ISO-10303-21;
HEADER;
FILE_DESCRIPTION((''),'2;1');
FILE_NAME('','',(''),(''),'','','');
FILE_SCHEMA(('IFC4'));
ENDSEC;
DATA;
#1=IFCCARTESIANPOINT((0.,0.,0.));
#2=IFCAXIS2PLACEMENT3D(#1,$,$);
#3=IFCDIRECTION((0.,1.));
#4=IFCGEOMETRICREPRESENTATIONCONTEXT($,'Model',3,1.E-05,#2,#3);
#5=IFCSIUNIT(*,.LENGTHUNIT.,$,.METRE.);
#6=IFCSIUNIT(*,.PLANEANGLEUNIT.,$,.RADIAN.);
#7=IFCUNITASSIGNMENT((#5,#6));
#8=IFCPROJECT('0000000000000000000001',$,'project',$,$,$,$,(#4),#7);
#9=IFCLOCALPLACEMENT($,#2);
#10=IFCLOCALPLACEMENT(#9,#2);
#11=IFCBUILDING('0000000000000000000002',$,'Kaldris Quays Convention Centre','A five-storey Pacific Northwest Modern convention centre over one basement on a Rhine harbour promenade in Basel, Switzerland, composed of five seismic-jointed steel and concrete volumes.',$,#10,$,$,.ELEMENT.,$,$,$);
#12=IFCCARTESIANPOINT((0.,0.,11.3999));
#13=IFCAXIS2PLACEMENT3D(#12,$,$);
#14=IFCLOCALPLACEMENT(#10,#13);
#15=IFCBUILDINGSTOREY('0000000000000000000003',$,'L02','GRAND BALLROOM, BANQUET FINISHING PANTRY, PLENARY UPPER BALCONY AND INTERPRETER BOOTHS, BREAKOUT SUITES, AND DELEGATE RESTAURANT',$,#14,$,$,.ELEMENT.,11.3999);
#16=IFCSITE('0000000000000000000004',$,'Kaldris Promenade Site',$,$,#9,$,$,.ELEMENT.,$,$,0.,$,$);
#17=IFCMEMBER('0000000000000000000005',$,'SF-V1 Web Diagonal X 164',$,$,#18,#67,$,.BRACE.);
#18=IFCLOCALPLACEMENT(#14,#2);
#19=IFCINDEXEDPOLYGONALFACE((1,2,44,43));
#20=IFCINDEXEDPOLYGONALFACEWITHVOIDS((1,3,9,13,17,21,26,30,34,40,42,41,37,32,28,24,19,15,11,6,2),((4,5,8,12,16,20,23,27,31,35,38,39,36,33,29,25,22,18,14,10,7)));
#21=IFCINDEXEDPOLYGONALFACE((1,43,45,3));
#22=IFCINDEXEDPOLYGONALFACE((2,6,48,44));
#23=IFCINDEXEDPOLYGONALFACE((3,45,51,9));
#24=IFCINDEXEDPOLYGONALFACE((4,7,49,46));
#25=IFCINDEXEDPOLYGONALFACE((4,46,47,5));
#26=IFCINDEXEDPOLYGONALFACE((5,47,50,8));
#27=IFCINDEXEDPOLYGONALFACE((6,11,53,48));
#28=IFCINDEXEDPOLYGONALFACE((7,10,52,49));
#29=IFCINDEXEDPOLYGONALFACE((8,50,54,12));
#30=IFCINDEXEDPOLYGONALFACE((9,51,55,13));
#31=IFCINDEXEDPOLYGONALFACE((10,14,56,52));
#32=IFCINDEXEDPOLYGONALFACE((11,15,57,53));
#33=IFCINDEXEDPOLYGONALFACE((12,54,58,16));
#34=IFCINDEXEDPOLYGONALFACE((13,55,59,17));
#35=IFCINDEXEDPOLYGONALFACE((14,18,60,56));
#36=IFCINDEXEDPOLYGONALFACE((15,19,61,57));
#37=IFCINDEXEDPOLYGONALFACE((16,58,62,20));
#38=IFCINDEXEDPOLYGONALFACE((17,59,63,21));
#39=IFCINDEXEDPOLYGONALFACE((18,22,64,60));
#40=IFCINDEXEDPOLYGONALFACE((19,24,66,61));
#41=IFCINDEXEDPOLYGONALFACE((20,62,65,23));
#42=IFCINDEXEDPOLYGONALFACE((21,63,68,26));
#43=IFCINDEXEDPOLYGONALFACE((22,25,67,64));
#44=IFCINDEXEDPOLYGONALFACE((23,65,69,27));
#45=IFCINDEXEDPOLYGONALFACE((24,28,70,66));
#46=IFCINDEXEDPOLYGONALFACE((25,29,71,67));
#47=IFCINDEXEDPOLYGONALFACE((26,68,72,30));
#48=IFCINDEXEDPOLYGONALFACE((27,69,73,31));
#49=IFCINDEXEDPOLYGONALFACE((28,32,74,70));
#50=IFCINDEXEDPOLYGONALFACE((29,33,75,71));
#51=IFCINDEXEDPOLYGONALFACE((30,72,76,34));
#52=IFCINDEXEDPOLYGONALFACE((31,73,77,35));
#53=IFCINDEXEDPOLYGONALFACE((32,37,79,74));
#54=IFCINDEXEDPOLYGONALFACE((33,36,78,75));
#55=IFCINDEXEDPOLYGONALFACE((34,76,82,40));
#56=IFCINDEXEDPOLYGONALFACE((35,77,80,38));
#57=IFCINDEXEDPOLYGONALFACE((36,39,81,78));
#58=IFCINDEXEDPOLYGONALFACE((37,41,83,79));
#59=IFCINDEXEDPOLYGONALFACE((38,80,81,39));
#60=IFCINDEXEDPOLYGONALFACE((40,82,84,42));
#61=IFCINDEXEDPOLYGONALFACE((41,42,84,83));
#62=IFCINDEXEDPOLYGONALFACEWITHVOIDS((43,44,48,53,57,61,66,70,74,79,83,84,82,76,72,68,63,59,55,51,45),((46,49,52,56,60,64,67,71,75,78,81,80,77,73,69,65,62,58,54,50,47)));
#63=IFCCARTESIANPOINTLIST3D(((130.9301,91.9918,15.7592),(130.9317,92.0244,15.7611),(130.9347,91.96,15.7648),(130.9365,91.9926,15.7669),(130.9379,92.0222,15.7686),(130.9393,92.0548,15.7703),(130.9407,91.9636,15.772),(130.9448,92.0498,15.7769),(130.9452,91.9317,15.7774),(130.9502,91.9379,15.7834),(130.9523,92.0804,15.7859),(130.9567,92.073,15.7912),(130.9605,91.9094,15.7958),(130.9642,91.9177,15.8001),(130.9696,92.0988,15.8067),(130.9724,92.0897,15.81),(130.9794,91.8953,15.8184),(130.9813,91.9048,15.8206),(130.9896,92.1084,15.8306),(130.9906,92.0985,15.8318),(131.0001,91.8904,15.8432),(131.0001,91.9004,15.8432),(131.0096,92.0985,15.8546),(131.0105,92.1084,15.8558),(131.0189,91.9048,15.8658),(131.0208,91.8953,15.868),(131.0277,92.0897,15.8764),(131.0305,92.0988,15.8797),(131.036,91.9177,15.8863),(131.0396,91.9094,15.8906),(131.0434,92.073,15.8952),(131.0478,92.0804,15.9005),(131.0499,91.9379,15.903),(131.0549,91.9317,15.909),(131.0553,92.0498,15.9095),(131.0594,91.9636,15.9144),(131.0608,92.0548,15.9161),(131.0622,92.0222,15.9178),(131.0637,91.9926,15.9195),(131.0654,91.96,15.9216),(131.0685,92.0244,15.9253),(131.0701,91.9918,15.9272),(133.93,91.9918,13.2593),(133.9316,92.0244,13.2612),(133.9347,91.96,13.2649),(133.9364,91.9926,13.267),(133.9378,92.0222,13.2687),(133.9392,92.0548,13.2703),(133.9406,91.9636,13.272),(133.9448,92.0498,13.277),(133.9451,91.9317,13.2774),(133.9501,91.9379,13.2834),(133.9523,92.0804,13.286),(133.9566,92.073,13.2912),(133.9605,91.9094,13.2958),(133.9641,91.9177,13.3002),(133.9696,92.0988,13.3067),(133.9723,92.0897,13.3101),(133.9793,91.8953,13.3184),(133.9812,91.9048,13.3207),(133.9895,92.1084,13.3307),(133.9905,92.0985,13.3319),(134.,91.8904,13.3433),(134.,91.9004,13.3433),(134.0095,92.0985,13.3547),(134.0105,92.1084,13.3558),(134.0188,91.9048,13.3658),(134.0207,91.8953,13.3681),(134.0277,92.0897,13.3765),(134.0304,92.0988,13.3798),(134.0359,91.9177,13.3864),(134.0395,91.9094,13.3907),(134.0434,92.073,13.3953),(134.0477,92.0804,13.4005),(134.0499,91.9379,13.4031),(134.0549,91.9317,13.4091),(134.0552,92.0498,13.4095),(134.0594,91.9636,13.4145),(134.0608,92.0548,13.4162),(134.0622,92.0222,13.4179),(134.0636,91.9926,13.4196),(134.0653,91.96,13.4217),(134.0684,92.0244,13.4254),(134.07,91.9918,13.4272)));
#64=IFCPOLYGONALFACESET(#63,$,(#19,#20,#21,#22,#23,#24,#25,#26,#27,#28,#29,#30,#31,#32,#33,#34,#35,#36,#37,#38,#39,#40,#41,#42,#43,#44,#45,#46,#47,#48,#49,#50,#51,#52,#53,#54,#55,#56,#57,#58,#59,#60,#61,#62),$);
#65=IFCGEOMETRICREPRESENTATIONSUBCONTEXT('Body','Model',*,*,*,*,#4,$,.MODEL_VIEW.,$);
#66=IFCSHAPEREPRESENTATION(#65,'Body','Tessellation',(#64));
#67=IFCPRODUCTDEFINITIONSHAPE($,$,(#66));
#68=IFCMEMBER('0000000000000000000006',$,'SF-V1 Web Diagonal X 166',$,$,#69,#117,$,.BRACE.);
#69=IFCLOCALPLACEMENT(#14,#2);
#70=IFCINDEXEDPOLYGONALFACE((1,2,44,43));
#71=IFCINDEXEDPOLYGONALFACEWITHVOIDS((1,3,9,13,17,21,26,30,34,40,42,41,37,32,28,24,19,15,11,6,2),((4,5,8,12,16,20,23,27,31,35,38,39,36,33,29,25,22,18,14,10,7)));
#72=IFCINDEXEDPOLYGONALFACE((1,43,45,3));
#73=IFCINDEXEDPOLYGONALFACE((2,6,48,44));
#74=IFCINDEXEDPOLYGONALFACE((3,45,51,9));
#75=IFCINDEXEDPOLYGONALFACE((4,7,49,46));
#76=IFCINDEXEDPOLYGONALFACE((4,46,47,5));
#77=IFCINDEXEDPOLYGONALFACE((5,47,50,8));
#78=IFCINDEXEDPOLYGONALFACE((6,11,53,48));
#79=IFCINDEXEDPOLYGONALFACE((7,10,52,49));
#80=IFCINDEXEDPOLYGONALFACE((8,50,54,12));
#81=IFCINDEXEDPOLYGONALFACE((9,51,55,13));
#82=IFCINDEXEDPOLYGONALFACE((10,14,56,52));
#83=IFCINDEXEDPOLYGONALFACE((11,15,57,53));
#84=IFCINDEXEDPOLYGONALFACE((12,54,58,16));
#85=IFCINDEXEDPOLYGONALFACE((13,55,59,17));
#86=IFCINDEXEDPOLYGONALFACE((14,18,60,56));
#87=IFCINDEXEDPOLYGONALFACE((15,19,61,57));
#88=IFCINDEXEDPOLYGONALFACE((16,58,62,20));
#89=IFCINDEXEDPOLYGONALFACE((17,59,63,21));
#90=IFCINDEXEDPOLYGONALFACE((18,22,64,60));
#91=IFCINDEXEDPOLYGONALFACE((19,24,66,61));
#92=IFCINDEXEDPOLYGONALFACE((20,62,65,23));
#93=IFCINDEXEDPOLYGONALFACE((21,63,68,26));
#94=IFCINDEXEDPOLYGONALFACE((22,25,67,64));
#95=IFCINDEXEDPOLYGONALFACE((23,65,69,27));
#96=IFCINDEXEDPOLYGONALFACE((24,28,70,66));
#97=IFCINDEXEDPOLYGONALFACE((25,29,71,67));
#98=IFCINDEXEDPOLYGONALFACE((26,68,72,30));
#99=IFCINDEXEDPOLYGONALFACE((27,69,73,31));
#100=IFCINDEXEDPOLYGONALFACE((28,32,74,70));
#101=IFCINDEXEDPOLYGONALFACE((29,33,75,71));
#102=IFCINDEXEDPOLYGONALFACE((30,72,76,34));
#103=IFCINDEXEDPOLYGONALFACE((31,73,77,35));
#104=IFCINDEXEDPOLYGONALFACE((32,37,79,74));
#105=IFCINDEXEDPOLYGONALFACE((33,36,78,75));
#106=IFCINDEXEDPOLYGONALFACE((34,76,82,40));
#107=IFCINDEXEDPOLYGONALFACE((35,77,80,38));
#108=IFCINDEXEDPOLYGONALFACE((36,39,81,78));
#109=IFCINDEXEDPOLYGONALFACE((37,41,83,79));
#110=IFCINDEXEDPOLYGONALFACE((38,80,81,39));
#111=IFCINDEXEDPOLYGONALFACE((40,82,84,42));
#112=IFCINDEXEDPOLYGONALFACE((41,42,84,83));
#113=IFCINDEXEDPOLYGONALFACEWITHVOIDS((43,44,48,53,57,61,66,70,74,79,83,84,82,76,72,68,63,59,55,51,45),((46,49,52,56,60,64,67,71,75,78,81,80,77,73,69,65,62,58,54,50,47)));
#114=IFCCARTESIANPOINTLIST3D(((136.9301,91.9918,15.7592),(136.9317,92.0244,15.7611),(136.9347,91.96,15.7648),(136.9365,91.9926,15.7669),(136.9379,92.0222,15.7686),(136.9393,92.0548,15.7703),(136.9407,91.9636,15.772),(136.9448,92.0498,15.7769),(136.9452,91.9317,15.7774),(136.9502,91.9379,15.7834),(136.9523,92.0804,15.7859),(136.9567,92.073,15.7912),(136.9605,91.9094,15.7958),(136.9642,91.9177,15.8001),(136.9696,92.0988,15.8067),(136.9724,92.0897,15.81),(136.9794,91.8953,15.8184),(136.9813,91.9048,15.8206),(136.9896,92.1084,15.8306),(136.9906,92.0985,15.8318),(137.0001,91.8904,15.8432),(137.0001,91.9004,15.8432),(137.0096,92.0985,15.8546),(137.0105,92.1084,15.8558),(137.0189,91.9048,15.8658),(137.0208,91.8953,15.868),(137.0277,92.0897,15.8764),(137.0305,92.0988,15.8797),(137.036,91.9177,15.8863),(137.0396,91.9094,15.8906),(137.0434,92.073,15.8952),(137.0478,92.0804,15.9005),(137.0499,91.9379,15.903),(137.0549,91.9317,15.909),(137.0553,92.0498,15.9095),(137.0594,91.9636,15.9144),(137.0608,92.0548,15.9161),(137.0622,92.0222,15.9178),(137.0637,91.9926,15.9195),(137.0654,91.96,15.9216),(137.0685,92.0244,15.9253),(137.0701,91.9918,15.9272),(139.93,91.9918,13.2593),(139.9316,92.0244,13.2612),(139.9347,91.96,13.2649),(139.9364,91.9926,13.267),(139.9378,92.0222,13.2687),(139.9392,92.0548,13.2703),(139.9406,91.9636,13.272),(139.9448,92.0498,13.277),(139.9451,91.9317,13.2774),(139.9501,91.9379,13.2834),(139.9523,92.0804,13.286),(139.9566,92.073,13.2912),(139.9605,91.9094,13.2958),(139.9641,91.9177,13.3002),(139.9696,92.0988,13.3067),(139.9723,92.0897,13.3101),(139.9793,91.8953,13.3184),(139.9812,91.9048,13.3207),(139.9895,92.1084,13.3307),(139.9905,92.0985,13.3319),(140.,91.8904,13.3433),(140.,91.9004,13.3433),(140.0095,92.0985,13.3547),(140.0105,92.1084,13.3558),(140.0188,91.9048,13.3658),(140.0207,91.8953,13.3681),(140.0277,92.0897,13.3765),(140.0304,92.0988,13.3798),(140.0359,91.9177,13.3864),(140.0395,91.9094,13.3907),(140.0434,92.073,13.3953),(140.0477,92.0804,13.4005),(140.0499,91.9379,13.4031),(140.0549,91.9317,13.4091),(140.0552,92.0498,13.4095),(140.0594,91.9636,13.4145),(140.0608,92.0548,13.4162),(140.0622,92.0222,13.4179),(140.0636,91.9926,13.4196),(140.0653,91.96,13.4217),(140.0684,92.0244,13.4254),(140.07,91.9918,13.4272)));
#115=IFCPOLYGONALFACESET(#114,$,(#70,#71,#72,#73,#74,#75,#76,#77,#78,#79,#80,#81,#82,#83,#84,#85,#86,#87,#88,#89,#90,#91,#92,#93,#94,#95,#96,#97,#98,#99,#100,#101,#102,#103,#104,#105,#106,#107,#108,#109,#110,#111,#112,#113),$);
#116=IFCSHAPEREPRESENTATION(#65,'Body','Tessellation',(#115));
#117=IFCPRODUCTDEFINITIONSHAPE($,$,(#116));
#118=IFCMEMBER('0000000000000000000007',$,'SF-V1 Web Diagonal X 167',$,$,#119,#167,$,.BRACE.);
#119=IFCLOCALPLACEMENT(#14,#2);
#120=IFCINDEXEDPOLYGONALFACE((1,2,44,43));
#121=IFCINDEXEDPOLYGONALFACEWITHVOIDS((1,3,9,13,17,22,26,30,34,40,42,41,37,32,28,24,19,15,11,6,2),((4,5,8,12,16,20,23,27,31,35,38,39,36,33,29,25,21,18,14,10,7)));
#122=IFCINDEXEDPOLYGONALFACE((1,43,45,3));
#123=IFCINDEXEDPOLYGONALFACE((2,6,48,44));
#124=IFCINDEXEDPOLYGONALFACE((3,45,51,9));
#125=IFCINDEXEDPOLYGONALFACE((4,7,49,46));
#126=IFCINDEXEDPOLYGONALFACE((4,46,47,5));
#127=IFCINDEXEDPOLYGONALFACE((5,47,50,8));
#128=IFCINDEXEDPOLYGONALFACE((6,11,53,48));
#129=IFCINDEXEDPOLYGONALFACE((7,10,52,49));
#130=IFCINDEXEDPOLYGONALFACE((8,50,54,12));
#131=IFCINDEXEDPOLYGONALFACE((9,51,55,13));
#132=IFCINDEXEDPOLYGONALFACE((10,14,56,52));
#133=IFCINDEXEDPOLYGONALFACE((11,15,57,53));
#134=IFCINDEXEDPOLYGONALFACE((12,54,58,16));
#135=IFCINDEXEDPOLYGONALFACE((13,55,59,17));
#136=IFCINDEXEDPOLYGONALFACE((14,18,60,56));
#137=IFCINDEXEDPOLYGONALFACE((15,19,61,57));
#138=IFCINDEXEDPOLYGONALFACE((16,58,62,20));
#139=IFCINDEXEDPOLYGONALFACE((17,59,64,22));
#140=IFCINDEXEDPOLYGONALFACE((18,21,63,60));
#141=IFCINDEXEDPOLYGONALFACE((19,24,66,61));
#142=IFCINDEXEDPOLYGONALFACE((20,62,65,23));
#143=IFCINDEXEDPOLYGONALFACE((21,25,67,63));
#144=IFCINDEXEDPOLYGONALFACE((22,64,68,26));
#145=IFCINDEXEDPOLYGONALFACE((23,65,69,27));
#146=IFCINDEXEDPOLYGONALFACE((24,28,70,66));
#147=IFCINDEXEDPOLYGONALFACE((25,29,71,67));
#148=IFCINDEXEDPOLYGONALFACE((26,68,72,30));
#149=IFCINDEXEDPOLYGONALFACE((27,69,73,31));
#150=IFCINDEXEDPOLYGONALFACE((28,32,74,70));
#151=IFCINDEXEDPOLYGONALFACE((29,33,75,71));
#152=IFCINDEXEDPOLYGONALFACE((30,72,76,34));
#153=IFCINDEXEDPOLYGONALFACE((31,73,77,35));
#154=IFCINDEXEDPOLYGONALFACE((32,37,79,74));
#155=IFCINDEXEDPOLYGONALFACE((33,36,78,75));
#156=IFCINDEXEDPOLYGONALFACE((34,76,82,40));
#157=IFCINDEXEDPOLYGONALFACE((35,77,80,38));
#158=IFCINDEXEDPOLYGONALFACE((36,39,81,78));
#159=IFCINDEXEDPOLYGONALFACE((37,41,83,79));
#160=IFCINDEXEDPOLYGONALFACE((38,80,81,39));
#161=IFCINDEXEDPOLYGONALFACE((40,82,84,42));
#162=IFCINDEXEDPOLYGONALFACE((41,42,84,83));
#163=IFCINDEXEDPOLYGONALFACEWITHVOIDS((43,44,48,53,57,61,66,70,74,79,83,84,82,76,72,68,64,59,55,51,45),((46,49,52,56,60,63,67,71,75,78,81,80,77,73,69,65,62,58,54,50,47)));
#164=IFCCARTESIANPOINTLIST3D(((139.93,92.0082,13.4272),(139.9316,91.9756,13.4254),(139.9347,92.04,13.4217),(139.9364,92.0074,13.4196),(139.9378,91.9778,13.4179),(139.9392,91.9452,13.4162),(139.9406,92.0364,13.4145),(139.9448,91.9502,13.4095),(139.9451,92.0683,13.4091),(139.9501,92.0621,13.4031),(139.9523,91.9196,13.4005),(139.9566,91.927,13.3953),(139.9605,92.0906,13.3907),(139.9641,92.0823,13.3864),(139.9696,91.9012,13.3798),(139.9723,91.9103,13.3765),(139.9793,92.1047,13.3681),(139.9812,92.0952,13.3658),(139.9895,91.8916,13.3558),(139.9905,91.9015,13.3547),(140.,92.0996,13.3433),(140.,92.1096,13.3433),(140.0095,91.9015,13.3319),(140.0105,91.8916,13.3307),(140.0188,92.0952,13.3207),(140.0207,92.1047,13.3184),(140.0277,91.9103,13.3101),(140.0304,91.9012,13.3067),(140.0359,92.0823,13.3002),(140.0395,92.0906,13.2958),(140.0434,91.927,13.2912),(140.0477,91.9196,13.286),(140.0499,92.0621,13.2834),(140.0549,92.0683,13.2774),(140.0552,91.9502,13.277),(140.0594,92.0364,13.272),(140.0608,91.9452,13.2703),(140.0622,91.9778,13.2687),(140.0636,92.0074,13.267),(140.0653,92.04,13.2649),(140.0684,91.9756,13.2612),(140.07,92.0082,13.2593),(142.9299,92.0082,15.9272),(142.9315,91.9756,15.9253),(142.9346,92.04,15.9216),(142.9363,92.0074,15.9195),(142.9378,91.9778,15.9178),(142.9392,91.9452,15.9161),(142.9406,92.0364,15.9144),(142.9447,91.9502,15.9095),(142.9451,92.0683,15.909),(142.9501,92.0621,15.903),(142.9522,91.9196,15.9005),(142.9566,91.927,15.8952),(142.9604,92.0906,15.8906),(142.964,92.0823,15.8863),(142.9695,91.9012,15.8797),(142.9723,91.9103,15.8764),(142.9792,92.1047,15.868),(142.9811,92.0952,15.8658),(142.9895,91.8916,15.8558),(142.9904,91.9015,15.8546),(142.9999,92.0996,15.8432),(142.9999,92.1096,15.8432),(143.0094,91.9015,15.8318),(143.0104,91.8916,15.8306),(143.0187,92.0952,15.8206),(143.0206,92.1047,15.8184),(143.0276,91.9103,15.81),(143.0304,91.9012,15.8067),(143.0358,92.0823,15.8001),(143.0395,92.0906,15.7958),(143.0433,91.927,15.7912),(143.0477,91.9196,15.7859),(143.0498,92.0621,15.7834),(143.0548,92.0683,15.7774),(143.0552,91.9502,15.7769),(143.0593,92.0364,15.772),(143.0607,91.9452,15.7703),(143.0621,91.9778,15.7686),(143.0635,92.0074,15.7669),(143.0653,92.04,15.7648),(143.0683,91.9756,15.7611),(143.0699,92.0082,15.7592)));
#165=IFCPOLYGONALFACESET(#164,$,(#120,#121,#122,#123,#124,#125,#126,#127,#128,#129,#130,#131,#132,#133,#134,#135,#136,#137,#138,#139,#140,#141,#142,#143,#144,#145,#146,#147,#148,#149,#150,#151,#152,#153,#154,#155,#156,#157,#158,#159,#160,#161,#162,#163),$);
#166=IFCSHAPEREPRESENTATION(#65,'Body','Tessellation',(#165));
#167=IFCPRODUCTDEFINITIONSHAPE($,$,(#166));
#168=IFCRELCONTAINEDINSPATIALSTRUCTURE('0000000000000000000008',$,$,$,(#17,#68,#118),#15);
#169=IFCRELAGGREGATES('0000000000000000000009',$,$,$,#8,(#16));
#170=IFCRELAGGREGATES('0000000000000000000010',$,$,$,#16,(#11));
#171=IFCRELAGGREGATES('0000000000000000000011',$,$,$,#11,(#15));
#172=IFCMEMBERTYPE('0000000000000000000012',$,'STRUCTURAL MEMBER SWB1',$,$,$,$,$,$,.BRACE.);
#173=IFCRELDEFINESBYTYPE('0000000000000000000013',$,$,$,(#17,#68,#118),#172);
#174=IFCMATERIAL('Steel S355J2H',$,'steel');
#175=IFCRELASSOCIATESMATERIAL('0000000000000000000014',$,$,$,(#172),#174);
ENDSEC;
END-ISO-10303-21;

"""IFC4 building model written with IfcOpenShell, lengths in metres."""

from ifc_helpers import new_model, si_unit, direction, frame, origin, origin_2d, place, context, subcontext, project, spatial, hollow_circle, extrude, material, material_profile, profile_set, type_object, element, save


model = new_model("IFC4")

# Units and contexts
model_context = context("Model", 3, precision=1e-05, world=origin(), true_north=direction((0.0, 1.0)))
body_context = subcontext(model_context, "Body", "Model", "MODEL_VIEW")
ifc_project = project(units=[si_unit("LENGTHUNIT", "METRE"), si_unit("PLANEANGLEUNIT", "RADIAN")], contexts=[model_context])

# Site, building, storey
site_placement = place(None, origin())
site = spatial("IfcSite", under=ifc_project, at=site_placement, Name="Kaldris Promenade Site", CompositionType="ELEMENT", RefElevation=0.0)
building_placement = place(site_placement, origin())
building = spatial("IfcBuilding", under=site, at=building_placement, Name="Kaldris Quays Convention Centre", Description="A five-storey Pacific Northwest Modern convention centre over one basement on a Rhine harbour promenade in Basel, Switzerland, composed of five seismic-jointed steel and concrete volumes.", CompositionType="ELEMENT")
storey_placement = place(building_placement, frame((0.0, 0.0, 11.3999)))
storey = spatial("IfcBuildingStorey", under=building, at=storey_placement, Name="L02", Description="GRAND BALLROOM, BANQUET FINISHING PANTRY, PLENARY UPPER BALCONY AND INTERPRETER BOOTHS, BREAKOUT SUITES, AND DELEGATE RESTAURANT", CompositionType="ELEMENT", Elevation=11.3999)

# Members
ifc_material_1 = material(Name="Steel S355J2H", Category="steel")
ifc_material_profile_1 = material_profile(ifc_material_1, hollow_circle(Radius=0.1096, WallThickness=0.01, at=origin_2d()), Name="CHS 219.1x10")
ifc_profile_set_1 = profile_set([ifc_material_profile_1], Name="Steel S355J2H")
member_type_1 = type_object("IfcMemberType", Name="STRUCTURAL MEMBER SWB1", PredefinedType="BRACE", material=ifc_profile_set_1)
for number, where, z_axis, x_axis, name in (
    (1, (134.0, 92.0, 13.3433), (-0.768221, 0.0, 0.640184), (0.0, -1.0, 0.0), "SF-V1 Web Diagonal X 164"),
    (2, (140.0, 92.0, 13.3433), (-0.768221, 0.0, 0.640184), (0.0, -1.0, 0.0), "SF-V1 Web Diagonal X 166"),
    (3, (140.0, 92.0, 13.3433), (0.768221, 0.0, 0.640184), (0.0, 1.0, 0.0), "SF-V1 Web Diagonal X 167"),
):
    element("IfcMember", number, at=place(storey_placement, frame(where, z_axis=z_axis, x_axis=x_axis)), inside=storey, type_object=member_type_1, Name=name, PredefinedType="BRACE", context=body_context, shape_type="SweptSolid", body=[
        extrude(hollow_circle(Radius=0.1096, WallThickness=0.01, at=origin_2d()), origin(), (0.0, 0.0, 1.0), 3.905),
    ])

save(model, "model.ifc")
